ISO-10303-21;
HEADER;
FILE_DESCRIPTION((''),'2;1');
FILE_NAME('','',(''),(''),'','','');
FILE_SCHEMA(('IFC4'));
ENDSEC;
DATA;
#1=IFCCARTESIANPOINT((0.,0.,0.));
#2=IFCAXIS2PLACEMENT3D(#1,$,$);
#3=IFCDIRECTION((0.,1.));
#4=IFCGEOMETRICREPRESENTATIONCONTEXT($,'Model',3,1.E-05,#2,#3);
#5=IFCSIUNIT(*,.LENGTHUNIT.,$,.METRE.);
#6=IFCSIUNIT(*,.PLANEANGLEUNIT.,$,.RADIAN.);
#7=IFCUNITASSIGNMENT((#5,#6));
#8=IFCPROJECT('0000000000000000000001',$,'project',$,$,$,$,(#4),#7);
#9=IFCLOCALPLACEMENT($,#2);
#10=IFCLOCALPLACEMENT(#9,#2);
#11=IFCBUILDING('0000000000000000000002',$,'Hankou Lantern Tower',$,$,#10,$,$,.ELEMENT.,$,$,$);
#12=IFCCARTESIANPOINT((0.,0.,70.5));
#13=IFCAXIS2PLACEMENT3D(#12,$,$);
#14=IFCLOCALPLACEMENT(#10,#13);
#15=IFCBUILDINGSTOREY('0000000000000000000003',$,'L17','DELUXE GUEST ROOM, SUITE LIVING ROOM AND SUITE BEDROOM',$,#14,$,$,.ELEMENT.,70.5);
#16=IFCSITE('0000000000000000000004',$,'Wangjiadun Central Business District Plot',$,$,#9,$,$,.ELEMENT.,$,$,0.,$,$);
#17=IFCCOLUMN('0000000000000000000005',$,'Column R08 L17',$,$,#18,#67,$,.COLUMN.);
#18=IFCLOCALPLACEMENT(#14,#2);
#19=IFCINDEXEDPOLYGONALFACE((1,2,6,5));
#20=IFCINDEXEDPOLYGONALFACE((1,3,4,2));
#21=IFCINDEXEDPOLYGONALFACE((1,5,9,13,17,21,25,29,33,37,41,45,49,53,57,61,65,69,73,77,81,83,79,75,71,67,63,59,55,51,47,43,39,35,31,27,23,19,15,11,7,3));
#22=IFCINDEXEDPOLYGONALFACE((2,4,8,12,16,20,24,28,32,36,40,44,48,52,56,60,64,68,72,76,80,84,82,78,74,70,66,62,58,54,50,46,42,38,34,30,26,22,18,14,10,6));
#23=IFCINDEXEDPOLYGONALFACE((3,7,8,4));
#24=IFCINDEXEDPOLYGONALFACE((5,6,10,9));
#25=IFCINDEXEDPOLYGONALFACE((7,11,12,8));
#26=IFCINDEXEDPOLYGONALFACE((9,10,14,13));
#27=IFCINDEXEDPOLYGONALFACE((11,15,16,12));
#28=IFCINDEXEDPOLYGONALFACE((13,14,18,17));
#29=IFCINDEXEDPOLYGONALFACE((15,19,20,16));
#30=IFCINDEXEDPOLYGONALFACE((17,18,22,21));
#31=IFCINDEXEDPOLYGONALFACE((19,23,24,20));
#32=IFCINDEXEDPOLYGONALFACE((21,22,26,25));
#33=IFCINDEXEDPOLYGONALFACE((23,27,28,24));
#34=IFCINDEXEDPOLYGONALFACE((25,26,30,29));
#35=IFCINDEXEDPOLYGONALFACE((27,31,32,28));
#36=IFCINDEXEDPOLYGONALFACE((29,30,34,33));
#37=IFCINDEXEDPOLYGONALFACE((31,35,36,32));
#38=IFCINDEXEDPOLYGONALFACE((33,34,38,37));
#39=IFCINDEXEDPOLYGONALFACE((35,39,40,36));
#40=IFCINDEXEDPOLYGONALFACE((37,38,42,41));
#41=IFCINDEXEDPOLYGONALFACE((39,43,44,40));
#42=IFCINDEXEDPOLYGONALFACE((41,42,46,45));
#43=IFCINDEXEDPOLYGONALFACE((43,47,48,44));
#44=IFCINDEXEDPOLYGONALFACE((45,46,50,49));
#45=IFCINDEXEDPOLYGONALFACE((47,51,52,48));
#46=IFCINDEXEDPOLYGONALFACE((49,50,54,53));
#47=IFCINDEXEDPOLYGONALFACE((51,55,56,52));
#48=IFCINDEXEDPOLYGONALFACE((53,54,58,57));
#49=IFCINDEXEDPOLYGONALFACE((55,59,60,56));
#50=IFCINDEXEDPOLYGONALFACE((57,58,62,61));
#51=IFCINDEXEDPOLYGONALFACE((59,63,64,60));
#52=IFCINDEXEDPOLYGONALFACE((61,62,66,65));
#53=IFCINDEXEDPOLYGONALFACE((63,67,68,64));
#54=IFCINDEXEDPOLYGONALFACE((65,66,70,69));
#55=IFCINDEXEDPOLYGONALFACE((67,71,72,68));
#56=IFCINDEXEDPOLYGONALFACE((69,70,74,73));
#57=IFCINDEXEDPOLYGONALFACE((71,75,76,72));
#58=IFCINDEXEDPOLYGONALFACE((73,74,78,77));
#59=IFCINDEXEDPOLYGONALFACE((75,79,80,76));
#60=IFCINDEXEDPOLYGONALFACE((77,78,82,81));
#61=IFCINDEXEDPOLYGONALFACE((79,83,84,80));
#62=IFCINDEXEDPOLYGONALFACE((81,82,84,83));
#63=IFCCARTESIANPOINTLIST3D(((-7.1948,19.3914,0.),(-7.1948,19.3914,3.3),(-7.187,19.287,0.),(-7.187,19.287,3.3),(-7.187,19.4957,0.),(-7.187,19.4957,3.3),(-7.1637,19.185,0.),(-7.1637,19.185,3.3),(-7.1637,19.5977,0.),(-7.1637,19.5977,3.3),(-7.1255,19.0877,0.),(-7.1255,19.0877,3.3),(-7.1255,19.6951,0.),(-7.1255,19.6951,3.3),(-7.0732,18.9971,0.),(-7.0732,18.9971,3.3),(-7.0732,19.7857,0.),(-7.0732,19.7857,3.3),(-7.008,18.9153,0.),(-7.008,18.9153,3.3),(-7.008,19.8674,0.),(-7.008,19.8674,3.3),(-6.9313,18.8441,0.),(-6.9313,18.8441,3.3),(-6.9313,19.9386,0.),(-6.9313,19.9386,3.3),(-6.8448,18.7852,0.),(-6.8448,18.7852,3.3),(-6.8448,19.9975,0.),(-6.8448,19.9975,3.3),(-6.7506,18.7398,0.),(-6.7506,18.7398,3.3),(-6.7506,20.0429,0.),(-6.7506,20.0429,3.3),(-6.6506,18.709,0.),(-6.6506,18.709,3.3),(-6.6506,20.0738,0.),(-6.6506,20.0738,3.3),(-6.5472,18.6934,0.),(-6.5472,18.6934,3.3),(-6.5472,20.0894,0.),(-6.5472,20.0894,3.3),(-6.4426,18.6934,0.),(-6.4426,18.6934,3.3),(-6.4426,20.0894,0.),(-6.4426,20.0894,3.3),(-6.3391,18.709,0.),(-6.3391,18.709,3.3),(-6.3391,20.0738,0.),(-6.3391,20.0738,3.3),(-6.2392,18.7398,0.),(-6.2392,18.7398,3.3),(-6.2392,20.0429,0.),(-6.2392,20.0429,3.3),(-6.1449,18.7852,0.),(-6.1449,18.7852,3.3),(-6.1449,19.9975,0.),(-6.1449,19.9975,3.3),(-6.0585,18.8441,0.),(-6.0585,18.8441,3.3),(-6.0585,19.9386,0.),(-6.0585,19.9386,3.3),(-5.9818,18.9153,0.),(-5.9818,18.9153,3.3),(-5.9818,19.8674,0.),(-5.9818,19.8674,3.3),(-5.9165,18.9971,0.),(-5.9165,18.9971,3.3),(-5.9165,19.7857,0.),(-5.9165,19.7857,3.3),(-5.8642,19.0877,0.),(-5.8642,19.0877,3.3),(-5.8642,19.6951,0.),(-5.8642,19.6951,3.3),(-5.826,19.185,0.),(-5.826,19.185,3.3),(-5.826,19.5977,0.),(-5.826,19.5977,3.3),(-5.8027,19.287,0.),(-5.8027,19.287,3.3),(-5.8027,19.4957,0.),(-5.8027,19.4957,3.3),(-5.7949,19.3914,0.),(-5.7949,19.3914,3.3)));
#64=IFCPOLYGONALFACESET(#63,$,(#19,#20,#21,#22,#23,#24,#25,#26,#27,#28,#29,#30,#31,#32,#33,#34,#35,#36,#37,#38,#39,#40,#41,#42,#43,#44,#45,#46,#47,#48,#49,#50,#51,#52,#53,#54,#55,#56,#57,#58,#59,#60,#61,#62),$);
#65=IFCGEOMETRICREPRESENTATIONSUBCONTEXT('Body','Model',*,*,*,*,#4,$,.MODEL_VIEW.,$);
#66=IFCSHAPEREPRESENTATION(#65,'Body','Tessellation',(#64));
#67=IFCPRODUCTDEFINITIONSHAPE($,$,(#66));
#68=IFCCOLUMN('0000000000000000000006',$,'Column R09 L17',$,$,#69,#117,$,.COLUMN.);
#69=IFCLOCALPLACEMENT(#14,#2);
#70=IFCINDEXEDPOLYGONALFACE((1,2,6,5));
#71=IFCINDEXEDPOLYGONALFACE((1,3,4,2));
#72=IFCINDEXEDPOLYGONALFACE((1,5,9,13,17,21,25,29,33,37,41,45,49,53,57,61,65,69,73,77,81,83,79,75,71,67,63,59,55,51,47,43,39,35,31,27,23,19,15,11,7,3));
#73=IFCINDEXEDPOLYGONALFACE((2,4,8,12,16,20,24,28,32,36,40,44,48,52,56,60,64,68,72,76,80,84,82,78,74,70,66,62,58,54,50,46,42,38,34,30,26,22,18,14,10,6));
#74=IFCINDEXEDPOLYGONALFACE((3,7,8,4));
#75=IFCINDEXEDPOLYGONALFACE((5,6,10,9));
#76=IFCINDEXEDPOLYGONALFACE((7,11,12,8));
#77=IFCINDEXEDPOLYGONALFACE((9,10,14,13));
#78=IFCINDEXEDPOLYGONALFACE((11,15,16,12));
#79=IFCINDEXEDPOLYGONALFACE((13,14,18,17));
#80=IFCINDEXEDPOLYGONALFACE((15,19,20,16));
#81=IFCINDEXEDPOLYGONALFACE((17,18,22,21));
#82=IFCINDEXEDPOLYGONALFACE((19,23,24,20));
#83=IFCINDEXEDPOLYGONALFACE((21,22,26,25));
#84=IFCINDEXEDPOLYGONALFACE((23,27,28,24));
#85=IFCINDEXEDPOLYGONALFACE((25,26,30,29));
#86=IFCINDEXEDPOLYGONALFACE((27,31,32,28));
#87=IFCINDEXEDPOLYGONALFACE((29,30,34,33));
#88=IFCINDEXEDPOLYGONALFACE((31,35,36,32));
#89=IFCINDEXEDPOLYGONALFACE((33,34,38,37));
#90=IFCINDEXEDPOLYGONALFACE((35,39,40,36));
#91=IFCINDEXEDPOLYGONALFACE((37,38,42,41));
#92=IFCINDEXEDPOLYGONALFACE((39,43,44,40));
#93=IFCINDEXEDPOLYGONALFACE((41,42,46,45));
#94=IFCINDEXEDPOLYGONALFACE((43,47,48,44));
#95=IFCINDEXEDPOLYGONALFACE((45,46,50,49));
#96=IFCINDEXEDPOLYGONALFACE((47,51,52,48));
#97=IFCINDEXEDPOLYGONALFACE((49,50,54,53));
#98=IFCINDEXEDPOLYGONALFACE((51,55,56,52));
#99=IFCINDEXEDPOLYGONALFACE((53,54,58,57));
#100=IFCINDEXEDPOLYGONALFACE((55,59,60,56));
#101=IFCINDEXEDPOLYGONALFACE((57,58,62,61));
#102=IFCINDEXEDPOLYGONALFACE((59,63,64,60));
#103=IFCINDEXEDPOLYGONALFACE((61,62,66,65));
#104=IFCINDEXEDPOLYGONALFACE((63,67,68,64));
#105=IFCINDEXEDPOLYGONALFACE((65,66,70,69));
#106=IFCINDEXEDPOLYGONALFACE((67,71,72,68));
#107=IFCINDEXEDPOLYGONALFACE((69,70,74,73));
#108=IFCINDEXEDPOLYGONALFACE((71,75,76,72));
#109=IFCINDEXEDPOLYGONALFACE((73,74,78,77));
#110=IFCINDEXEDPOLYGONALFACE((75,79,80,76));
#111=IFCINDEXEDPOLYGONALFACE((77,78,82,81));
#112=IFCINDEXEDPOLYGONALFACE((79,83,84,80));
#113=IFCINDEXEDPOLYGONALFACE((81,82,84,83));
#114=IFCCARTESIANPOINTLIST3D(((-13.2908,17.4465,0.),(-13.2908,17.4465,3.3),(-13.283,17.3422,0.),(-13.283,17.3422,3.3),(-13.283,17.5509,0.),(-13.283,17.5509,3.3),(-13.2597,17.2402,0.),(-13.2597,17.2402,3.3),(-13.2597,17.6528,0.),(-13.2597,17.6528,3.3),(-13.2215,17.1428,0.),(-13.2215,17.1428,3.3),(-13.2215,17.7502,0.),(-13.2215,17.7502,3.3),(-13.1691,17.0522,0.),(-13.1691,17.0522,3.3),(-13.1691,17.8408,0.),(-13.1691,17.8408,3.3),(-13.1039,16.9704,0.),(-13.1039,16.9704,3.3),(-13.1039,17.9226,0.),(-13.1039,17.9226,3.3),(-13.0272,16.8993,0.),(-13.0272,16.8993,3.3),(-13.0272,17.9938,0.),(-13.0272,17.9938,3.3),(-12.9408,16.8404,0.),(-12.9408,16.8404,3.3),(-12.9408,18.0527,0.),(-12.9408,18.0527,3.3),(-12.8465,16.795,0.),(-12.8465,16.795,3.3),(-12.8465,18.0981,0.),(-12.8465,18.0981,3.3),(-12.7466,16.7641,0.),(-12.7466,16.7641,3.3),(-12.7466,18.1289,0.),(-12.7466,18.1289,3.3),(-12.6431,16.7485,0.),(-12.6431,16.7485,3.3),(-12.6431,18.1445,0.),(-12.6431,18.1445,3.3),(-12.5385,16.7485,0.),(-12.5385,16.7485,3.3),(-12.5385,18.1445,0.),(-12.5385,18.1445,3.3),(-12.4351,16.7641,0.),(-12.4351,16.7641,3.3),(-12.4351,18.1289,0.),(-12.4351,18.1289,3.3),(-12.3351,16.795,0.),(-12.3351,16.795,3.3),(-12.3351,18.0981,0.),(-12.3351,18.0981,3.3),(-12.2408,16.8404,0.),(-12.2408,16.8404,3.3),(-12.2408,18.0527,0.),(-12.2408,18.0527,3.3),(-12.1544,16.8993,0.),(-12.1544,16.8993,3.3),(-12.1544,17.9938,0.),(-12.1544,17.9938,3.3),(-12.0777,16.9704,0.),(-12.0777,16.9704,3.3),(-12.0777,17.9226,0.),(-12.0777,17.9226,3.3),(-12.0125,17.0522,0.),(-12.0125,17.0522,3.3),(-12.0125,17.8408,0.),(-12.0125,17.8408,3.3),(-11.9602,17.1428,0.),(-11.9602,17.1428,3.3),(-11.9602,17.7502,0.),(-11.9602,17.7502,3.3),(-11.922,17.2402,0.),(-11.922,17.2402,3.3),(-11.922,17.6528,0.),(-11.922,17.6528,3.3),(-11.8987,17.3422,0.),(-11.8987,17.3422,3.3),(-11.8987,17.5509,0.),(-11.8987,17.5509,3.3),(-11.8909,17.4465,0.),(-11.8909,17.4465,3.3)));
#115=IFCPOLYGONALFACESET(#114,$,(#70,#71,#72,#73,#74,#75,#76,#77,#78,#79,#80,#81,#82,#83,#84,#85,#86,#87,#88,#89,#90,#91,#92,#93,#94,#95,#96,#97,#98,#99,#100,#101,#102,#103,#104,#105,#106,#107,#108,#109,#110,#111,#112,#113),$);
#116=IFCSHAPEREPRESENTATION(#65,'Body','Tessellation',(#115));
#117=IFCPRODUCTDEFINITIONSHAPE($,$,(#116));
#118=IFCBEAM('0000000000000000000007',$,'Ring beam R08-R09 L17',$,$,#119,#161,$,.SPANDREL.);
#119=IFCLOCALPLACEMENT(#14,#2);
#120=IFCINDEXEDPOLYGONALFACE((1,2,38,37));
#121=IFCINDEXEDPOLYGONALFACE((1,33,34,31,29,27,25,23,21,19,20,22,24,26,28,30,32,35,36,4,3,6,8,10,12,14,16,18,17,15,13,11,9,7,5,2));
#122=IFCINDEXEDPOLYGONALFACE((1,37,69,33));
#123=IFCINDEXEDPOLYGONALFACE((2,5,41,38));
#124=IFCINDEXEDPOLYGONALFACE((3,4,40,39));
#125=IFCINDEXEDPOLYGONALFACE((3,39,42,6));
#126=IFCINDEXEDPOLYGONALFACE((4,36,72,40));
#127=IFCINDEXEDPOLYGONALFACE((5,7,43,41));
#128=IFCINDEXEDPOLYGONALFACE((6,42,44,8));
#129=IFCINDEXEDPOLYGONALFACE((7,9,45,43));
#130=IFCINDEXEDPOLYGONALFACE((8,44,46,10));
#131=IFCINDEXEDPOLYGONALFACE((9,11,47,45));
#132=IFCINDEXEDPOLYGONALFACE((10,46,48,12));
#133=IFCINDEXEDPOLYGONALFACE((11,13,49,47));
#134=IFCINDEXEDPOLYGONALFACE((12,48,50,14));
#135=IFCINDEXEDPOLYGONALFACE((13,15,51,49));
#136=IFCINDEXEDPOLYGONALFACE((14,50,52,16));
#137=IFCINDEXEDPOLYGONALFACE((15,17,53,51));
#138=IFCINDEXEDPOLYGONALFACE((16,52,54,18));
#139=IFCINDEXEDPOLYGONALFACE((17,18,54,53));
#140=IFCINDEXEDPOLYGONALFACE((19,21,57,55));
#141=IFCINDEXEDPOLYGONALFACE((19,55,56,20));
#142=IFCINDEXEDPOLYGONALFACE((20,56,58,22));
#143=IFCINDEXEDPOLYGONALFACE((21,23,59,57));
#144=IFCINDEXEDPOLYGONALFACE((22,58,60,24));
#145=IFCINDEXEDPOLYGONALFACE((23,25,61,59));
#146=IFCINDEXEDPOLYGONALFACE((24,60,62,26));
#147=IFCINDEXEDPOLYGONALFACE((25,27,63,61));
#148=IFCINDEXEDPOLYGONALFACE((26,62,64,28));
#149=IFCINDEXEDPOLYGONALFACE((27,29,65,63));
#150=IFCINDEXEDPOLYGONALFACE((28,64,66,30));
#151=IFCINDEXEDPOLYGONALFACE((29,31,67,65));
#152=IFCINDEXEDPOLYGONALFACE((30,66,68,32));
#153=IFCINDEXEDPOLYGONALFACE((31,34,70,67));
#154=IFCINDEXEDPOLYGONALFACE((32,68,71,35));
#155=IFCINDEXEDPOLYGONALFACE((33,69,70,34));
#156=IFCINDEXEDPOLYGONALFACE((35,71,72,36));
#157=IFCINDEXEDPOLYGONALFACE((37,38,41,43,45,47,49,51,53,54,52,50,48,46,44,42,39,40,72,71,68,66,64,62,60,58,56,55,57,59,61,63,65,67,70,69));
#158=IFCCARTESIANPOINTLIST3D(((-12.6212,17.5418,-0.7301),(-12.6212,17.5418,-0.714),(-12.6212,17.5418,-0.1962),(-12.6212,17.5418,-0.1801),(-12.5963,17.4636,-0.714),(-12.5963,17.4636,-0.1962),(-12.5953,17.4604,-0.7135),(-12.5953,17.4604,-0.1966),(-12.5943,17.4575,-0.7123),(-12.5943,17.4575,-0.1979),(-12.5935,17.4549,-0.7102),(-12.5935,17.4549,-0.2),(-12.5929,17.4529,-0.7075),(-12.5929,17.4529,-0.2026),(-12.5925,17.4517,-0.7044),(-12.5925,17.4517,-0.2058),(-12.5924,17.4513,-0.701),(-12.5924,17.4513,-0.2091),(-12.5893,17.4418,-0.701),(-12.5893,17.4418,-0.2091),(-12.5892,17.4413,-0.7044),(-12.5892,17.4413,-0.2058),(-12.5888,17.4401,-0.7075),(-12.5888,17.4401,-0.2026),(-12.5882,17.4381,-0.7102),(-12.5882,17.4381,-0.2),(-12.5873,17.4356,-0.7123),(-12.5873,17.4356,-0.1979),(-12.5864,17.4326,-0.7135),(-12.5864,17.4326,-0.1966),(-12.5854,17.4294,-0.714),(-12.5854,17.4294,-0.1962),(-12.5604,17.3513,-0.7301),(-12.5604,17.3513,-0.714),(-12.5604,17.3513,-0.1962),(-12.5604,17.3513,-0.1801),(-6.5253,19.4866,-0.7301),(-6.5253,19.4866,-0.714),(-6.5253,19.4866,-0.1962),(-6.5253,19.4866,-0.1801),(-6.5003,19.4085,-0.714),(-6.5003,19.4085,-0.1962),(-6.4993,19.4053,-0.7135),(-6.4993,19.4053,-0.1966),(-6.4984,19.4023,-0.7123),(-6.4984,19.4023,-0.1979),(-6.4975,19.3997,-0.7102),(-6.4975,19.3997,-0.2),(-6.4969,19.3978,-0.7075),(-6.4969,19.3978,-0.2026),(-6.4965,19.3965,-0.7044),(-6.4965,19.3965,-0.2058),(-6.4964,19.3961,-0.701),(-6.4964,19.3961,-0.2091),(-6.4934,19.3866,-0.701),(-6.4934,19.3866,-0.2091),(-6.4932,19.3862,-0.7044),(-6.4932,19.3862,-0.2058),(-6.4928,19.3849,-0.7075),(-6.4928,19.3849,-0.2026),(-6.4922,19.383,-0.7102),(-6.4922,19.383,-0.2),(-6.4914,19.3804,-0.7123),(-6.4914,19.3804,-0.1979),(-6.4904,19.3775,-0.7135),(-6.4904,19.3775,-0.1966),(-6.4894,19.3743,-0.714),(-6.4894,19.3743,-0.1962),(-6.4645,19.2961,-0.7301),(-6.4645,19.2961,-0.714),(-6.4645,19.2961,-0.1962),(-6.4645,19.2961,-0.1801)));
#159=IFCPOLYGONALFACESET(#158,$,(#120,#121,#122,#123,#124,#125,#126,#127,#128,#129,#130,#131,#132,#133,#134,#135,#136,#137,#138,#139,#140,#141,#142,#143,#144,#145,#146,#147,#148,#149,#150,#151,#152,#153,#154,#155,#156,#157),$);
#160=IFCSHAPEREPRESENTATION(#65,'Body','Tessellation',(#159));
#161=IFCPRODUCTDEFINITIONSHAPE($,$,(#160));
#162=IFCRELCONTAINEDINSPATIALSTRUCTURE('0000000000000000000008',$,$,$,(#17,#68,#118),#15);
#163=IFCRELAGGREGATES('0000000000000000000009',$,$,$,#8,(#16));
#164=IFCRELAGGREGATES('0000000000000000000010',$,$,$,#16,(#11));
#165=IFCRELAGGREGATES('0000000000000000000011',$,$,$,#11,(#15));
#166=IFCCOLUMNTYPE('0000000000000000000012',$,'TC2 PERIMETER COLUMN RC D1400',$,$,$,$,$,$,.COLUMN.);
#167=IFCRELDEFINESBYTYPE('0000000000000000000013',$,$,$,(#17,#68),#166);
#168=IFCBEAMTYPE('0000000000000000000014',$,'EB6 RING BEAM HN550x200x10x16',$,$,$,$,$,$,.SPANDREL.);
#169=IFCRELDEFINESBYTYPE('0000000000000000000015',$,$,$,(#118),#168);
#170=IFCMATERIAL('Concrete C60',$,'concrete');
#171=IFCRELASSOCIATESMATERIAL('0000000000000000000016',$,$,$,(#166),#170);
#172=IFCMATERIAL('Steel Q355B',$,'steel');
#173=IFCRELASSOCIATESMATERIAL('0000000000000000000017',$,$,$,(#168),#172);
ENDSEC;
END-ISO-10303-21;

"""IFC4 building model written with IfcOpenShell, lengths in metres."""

from ifc_helpers import new_model, si_unit, direction, frame, origin, origin_2d, place, context, subcontext, project, spatial, circle, i_section, extrude, material, material_profile, profile_set, type_object, element, save


model = new_model("IFC4")

# Units and contexts
model_context = context("Model", 3, precision=1e-05, world=origin(), true_north=direction((0.0, 1.0)))
body_context = subcontext(model_context, "Body", "Model", "MODEL_VIEW")
ifc_project = project(units=[si_unit("LENGTHUNIT", "METRE"), si_unit("PLANEANGLEUNIT", "RADIAN")], contexts=[model_context])

# Site, building, storey
site_placement = place(None, origin())
site = spatial("IfcSite", under=ifc_project, at=site_placement, Name="Wangjiadun Central Business District Plot", CompositionType="ELEMENT", RefElevation=0.0)
building_placement = place(site_placement, origin())
building = spatial("IfcBuilding", under=site, at=building_placement, Name="Hankou Lantern Tower", CompositionType="ELEMENT")
storey_placement = place(building_placement, frame((0.0, 0.0, 70.5)))
storey = spatial("IfcBuildingStorey", under=building, at=storey_placement, Name="L17", Description="DELUXE GUEST ROOM, SUITE LIVING ROOM AND SUITE BEDROOM", CompositionType="ELEMENT", Elevation=70.5)

# Columns
ifc_material_1 = material(Name="Concrete C60", Category="concrete")
ifc_material_profile_1 = material_profile(ifc_material_1, circle(Radius=0.7, at=origin_2d()), Name="RC D1400")
ifc_profile_set_1 = profile_set([ifc_material_profile_1], Name="Concrete C60")
column_type = type_object("IfcColumnType", Name="TC2 PERIMETER COLUMN RC D1400", PredefinedType="COLUMN", material=ifc_profile_set_1)
for number, where, z_axis, x_axis, name in (
    (1, (-6.4949, 19.3914, 0.0), (0.0, 0.0, 1.0), (1.0, 0.0, 0.0), "Column R08 L17"),
    (2, (-12.5908, 17.4465, 0.0), (0.0, 0.0, 1.0), (1.0, 0.0, 0.0), "Column R09 L17"),
):
    element("IfcColumn", number, at=place(storey_placement, frame(where, z_axis=z_axis, x_axis=x_axis)), inside=storey, type_object=column_type, Name=name, PredefinedType="COLUMN", context=body_context, shape_type="SweptSolid", body=[
        extrude(circle(Radius=0.7, at=origin_2d()), origin(), (0.0, 0.0, 1.0), 3.3),
    ])

# Beam
ifc_material_2 = material(Name="Steel Q355B", Category="steel")
ifc_material_profile_2 = material_profile(ifc_material_2, i_section(OverallWidth=0.2, OverallDepth=0.55, WebThickness=0.01, FlangeThickness=0.0161, FilletRadius=0.0129, at=origin_2d()), Name="HN550x200x10x16")
ifc_profile_set_2 = profile_set([ifc_material_profile_2], Name="Steel Q355B")
beam_type_1 = type_object("IfcBeamType", Name="EB6 RING BEAM HN550x200x10x16", PredefinedType="SPANDREL", material=ifc_profile_set_2)
beam_1_placement = place(storey_placement, frame((-6.4949, 19.3914, -0.4551), z_axis=(-0.95269, -0.303942, 0.0), x_axis=(0.303942, -0.95269, 0.0)))
element("IfcBeam", 3, at=beam_1_placement, inside=storey, type_object=beam_type_1, Name="Ring beam R08-R09 L17", PredefinedType="SPANDREL", context=body_context, shape_type="SweptSolid", body=[
    extrude(i_section(OverallWidth=0.2, OverallDepth=0.55, WebThickness=0.01, FlangeThickness=0.0161, FilletRadius=0.0129, at=origin_2d()), origin(), (0.0, 0.0, 1.0), 6.3987),
])

save(model, "model.ifc")
